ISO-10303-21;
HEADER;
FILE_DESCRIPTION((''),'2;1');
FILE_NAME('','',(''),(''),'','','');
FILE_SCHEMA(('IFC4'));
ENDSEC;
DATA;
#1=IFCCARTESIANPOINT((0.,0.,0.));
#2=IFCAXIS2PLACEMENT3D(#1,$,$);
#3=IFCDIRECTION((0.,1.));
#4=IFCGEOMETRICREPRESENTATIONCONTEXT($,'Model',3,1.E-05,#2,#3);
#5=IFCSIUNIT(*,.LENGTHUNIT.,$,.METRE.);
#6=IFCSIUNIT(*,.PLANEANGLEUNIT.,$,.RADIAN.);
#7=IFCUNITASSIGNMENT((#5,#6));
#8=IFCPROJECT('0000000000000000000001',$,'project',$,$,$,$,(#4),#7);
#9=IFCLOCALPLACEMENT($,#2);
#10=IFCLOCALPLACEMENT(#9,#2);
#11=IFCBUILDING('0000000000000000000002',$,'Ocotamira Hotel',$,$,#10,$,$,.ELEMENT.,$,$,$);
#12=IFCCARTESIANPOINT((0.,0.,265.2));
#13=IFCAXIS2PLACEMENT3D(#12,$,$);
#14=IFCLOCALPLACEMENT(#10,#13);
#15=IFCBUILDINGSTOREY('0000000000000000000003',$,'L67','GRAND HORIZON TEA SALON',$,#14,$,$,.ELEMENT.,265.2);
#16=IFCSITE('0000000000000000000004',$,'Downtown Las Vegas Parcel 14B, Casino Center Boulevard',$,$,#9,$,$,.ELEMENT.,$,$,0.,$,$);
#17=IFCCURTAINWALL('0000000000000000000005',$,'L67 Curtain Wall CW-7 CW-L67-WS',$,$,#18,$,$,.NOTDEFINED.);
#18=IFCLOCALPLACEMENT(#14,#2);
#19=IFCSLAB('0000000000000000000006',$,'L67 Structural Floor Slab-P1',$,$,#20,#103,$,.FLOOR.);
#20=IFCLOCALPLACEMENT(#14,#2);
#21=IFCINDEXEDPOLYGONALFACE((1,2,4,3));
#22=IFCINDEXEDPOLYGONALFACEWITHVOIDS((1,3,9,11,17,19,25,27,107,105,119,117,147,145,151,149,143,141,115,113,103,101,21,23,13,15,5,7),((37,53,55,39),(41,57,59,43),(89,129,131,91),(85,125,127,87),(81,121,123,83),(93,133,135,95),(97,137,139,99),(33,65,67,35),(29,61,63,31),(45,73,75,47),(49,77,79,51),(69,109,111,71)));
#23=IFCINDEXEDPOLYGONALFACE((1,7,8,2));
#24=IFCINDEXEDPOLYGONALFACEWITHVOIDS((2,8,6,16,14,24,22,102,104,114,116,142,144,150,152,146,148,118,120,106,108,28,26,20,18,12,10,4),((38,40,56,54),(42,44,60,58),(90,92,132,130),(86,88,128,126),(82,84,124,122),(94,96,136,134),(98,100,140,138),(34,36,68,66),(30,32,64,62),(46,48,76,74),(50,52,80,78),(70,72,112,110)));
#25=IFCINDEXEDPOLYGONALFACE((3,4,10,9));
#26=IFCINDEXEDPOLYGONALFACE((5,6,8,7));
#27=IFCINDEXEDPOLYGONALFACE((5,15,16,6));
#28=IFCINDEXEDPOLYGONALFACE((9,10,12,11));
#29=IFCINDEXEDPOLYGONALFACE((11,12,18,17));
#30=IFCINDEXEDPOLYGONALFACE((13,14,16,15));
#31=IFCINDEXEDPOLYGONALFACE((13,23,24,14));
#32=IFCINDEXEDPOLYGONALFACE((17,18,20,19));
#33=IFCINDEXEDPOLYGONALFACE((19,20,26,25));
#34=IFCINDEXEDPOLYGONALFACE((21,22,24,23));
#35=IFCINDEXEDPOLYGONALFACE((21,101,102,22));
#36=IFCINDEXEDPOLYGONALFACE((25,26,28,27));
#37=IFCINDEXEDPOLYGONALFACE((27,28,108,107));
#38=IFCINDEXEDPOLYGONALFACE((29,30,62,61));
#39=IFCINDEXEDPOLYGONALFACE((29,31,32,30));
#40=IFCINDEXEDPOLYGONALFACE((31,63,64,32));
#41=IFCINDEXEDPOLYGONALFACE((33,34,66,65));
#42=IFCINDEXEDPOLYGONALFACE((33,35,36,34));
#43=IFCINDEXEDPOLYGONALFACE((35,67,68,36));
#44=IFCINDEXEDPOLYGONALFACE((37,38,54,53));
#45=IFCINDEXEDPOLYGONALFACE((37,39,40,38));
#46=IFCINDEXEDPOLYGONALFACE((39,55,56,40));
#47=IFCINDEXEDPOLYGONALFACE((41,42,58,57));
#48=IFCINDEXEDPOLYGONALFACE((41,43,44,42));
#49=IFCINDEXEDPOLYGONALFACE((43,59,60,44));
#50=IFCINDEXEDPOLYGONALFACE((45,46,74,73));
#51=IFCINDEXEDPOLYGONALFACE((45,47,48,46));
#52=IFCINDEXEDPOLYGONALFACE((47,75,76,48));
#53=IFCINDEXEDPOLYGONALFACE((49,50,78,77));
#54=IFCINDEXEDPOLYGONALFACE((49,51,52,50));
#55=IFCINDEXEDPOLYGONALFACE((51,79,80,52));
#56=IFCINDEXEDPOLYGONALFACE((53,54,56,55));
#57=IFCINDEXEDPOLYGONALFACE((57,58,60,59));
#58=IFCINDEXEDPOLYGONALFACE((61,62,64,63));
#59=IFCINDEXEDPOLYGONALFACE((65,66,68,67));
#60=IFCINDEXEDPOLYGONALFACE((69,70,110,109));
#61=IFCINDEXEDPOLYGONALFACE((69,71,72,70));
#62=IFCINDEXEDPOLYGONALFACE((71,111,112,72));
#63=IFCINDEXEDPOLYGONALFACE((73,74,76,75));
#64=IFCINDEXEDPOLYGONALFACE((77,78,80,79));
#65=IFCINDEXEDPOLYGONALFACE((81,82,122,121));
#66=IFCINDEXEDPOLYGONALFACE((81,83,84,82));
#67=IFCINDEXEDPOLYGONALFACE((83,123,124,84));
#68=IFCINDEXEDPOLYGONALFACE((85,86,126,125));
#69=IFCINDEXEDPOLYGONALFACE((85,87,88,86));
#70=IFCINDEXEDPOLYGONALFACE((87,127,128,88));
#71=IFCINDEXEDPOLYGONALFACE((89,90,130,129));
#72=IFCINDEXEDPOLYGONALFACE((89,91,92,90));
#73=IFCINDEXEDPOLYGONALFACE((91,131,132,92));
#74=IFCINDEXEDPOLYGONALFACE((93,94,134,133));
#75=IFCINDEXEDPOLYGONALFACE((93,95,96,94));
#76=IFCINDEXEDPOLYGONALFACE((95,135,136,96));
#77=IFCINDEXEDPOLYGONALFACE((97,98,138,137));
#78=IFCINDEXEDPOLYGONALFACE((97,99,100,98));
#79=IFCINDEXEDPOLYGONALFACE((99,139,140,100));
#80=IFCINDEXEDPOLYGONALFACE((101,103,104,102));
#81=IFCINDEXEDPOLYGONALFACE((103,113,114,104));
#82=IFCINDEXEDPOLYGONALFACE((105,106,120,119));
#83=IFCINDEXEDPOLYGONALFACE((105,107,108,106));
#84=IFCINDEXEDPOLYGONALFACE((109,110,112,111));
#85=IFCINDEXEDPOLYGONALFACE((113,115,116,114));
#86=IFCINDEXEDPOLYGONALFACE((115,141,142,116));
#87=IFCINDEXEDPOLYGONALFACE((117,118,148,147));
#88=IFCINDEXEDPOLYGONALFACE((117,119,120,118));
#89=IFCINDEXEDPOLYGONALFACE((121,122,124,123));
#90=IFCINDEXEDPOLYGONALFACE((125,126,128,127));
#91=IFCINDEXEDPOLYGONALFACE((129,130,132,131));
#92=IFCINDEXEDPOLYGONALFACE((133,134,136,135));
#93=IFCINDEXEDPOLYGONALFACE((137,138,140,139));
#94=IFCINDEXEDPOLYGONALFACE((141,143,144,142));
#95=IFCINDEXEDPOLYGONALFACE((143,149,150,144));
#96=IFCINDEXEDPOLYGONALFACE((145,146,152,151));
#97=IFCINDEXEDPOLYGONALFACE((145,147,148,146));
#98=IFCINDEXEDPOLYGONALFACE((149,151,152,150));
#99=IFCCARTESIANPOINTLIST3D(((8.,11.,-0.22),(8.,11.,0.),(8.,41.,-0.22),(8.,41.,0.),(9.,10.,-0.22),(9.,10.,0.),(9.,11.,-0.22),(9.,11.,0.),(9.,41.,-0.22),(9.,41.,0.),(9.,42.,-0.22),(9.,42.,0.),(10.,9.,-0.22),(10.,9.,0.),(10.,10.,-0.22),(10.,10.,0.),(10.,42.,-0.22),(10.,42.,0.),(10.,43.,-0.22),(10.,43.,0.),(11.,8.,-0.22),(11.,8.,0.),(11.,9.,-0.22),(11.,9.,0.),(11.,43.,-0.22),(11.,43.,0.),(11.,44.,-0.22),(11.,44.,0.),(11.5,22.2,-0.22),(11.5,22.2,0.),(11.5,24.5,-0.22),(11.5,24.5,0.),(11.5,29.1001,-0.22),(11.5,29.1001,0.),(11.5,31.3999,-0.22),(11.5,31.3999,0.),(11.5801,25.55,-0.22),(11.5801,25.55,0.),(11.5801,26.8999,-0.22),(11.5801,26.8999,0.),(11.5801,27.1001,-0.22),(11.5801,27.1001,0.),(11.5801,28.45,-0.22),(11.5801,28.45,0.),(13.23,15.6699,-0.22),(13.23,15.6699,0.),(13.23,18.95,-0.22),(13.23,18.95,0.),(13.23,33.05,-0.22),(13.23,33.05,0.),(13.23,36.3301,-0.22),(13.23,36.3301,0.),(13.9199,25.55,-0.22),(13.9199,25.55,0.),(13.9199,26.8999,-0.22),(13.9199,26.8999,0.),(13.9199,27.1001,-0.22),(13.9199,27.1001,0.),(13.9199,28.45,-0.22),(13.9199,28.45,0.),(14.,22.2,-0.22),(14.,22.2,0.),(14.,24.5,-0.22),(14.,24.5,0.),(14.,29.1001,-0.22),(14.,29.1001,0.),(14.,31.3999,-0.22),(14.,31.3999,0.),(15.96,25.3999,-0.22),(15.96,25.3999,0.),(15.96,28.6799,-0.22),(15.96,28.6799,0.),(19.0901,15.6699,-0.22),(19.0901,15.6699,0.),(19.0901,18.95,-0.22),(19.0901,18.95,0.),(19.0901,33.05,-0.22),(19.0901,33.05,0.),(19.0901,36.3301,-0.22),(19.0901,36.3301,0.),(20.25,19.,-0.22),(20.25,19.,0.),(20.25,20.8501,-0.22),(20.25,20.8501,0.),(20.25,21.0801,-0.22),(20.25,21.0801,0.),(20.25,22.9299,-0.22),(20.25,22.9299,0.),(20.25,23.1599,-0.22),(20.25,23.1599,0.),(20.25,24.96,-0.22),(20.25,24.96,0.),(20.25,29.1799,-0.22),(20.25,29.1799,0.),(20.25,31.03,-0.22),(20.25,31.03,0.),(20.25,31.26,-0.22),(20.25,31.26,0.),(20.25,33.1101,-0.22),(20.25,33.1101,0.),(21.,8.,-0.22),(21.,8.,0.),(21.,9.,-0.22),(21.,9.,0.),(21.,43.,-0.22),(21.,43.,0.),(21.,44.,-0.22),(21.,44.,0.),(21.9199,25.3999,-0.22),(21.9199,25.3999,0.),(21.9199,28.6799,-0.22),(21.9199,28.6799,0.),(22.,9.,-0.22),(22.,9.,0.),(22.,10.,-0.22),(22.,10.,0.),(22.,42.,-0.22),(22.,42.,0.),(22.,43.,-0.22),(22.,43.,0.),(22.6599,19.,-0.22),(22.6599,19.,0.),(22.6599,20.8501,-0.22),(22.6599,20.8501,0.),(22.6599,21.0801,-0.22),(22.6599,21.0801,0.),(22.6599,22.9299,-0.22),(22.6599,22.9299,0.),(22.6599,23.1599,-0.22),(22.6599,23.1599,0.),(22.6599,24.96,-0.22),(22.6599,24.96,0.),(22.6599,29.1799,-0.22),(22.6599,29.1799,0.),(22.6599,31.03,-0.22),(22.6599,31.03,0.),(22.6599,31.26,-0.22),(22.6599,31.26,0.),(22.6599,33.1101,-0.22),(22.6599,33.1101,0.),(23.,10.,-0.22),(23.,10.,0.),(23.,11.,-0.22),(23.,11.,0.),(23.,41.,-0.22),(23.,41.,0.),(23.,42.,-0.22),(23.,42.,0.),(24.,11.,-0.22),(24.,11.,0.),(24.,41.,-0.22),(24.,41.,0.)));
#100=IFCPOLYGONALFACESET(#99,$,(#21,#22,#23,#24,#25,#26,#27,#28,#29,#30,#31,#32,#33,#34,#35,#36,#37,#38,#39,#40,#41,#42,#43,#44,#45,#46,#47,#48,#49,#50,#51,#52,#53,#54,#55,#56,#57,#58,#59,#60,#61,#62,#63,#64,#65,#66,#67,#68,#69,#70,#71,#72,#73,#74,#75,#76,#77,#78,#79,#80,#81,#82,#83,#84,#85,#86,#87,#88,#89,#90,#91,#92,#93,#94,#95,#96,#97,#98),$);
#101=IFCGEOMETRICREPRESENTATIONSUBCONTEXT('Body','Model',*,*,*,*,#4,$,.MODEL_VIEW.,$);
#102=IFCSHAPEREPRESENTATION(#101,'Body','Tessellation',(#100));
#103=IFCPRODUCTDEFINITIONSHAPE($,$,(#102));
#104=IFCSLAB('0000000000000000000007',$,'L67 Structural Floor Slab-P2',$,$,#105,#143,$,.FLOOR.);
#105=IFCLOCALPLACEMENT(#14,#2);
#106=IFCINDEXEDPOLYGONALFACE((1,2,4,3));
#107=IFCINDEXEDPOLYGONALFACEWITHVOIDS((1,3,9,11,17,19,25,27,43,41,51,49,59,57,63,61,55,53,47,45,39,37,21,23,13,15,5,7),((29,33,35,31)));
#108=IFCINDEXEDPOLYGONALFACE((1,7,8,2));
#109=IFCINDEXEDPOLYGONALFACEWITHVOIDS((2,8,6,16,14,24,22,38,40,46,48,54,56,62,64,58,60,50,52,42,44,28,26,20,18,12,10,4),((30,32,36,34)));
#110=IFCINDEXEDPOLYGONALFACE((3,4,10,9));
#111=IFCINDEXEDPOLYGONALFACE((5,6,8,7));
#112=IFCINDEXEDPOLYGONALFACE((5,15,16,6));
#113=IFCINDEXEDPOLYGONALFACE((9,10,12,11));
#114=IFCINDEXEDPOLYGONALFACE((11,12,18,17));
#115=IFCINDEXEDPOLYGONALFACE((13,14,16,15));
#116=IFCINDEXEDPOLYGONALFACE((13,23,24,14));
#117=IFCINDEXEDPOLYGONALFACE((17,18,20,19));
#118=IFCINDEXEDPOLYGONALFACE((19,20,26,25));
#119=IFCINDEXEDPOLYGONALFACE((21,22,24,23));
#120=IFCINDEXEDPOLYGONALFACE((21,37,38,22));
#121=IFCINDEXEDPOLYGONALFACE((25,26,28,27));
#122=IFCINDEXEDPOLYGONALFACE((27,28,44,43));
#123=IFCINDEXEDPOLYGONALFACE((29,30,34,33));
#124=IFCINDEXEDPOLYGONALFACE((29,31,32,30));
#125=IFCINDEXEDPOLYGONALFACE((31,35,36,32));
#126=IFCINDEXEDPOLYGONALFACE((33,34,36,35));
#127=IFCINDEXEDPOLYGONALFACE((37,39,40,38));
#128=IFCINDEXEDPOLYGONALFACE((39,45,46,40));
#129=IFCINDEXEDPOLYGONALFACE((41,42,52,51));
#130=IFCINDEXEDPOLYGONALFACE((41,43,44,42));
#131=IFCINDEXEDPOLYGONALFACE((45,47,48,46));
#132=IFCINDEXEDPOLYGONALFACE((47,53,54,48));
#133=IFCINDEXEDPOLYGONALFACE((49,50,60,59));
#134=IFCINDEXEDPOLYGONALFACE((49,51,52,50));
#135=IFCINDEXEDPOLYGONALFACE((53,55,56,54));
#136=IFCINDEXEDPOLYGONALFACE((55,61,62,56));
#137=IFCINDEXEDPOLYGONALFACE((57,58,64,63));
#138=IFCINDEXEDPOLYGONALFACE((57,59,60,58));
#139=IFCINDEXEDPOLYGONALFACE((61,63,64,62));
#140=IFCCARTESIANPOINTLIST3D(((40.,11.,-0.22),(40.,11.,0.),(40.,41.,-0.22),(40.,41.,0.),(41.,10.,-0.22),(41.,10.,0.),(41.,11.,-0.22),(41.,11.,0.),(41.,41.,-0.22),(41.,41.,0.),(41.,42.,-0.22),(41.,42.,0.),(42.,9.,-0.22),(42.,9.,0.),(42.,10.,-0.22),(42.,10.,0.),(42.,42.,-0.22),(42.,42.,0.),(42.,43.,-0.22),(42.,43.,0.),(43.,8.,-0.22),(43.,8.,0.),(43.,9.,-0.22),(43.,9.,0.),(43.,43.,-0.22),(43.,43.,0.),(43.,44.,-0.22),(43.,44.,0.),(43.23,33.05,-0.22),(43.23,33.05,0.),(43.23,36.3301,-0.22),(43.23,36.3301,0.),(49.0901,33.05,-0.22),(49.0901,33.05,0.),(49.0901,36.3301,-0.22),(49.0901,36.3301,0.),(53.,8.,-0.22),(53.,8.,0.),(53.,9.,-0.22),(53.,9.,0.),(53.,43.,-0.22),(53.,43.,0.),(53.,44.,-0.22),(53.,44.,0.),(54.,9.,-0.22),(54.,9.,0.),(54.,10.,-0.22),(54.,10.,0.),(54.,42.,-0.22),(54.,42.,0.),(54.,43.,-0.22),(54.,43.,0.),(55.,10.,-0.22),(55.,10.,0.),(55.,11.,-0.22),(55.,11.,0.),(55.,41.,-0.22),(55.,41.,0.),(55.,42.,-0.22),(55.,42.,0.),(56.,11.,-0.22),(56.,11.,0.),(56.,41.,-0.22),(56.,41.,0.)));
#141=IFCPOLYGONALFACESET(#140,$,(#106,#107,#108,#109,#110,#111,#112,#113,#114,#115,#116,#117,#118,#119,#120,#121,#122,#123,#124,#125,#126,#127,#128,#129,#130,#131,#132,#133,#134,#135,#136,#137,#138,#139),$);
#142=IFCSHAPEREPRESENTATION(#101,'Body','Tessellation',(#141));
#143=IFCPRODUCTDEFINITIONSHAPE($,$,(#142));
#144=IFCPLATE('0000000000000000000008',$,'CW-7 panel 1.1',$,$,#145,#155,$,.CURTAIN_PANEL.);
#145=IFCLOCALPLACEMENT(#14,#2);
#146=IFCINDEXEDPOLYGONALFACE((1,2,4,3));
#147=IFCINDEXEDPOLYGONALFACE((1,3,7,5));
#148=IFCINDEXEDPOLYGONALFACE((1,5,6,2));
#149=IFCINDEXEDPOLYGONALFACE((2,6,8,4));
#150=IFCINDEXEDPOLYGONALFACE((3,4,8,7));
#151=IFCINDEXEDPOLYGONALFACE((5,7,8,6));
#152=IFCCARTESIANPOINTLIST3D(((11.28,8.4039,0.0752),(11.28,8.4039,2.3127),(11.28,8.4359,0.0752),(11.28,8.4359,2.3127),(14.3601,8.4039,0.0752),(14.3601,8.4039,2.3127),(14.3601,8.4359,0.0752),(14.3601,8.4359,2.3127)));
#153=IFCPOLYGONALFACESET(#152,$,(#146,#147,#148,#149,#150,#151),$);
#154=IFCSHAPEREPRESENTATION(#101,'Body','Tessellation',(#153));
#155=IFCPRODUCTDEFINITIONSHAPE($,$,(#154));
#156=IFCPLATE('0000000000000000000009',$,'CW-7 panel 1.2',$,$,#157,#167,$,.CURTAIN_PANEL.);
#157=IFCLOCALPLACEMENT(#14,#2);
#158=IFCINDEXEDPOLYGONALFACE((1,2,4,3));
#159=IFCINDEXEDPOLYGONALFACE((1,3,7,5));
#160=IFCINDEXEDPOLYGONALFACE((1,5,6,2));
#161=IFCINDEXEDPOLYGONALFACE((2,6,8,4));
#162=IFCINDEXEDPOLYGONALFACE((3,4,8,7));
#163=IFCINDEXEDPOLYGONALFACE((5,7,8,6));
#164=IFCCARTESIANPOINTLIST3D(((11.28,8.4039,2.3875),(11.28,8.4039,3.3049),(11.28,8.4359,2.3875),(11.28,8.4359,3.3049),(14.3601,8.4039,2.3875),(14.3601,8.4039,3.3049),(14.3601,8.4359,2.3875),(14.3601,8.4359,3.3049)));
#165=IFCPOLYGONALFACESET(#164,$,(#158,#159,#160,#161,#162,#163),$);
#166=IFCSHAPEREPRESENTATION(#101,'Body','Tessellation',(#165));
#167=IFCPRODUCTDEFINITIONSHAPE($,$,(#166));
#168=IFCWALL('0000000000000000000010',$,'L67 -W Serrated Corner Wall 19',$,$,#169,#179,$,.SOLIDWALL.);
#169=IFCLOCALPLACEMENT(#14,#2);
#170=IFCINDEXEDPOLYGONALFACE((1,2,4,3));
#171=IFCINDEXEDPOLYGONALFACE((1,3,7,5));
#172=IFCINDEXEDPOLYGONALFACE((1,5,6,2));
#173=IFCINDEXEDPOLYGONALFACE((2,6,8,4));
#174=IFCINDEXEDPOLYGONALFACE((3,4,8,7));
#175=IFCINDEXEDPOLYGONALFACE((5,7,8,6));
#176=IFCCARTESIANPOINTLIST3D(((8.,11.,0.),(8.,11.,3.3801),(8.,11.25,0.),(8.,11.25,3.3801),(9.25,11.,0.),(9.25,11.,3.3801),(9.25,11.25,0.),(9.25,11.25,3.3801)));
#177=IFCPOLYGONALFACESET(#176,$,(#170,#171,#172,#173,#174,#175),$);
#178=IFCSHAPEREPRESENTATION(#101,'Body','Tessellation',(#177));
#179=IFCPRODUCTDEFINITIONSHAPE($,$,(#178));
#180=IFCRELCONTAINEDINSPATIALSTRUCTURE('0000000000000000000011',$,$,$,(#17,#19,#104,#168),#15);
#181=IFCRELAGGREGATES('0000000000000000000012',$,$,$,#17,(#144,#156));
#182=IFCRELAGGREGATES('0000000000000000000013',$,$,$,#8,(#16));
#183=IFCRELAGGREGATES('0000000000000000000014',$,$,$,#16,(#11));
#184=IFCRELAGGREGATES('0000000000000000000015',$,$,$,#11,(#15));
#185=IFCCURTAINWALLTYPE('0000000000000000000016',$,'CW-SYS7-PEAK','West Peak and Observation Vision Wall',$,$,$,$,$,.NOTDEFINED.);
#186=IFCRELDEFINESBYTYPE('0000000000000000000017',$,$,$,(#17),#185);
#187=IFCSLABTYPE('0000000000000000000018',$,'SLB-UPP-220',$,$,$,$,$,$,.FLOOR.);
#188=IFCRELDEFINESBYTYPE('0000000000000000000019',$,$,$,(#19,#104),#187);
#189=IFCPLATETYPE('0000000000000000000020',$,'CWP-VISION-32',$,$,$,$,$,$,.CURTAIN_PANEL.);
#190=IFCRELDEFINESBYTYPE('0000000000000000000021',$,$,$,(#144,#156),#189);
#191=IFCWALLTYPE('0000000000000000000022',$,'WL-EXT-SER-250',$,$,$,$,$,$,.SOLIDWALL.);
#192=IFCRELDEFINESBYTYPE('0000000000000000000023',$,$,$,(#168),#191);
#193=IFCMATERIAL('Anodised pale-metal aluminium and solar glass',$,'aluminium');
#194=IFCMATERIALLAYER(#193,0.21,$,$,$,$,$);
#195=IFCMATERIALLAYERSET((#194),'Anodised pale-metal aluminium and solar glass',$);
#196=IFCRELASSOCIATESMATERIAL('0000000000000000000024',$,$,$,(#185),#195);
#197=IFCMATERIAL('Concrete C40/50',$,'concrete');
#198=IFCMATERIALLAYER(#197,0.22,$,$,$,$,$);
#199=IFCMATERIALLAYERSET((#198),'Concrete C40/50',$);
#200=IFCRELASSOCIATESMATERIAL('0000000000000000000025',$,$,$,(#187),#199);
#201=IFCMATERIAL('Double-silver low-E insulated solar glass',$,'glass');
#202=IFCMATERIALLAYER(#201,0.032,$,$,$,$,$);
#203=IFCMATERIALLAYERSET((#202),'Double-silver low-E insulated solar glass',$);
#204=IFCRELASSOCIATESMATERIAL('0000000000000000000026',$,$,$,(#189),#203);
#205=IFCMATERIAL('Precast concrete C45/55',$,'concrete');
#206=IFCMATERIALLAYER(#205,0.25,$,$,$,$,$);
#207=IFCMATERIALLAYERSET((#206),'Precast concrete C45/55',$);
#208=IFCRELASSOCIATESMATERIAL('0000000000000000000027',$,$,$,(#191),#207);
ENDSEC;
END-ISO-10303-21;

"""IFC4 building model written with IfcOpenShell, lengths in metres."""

from ifc_helpers import new_model, si_unit, direction, frame, frame_2d, origin, origin_2d, place, context, subcontext, project, spatial, polyline, rectangle, outline, extrude, source, transform, mapped, material, layer, layer_set, type_object, element, aggregate, save


model = new_model("IFC4")

# Units and contexts
model_context = context("Model", 3, precision=1e-05, world=origin(), true_north=direction((0.0, 1.0)))
body_context = subcontext(model_context, "Body", "Model", "MODEL_VIEW")
ifc_project = project(units=[si_unit("LENGTHUNIT", "METRE"), si_unit("PLANEANGLEUNIT", "RADIAN")], contexts=[model_context])

# Site, building, storey
site_placement = place(None, origin())
site = spatial("IfcSite", under=ifc_project, at=site_placement, Name="Downtown Las Vegas Parcel 14B, Casino Center Boulevard", CompositionType="ELEMENT", RefElevation=0.0)
building_placement = place(site_placement, origin())
building = spatial("IfcBuilding", under=site, at=building_placement, Name="Ocotamira Hotel", CompositionType="ELEMENT")
storey_placement = place(building_placement, frame((0.0, 0.0, 265.2)))
storey = spatial("IfcBuildingStorey", under=building, at=storey_placement, Name="L67", Description="GRAND HORIZON TEA SALON", CompositionType="ELEMENT", Elevation=265.2)

# Curtain wall
ifc_material_1 = material(Name="Anodised pale-metal aluminium and solar glass", Category="aluminium")
ifc_layer_1 = layer(ifc_material_1, 0.21)
ifc_layer_set_1 = layer_set([ifc_layer_1], Name="Anodised pale-metal aluminium and solar glass")
curtain_wall_type = type_object("IfcCurtainWallType", Name="CW-SYS7-PEAK", Description="West Peak and Observation Vision Wall", PredefinedType="NOTDEFINED", material=ifc_layer_set_1)
curtain_wall_1_placement = place(storey_placement, origin())
curtain_wall_1 = element("IfcCurtainWall", 1, at=curtain_wall_1_placement, inside=storey, type_object=curtain_wall_type, Name="L67 Curtain Wall CW-7 CW-L67-WS", PredefinedType="NOTDEFINED")

# Shared definitions
ifc_material_2 = material(Name="Concrete C40/50", Category="concrete")

# Slabs
ifc_layer_2 = layer(ifc_material_2, 0.22)
ifc_layer_set_2 = layer_set([ifc_layer_2], Name="Concrete C40/50")
slab_type_1 = type_object("IfcSlabType", Name="SLB-UPP-220", PredefinedType="FLOOR", material=ifc_layer_set_2)
slab_1_placement = place(storey_placement, frame((0.0, 0.0, -0.22)))
element("IfcSlab", 2, at=slab_1_placement, inside=storey, type_object=slab_type_1, Name="L67 Structural Floor Slab-P1", PredefinedType="FLOOR", context=body_context, shape_type="SweptSolid", body=[
    extrude(outline(polyline([(11.0, 8.0), (21.0, 8.0), (21.0, 9.0), (22.0, 9.0), (22.0, 10.0), (23.0, 10.0), (23.0, 11.0), (24.0, 11.0), (24.0, 41.0), (23.0, 41.0), (23.0, 42.0), (22.0, 42.0), (22.0, 43.0), (21.0, 43.0), (21.0, 44.0), (11.0, 44.0), (11.0, 43.0), (10.0, 43.0), (10.0, 42.0), (9.0, 42.0), (9.0, 41.0), (8.0, 41.0), (8.0, 11.0), (9.0, 11.0), (9.0, 10.0), (10.0, 10.0), (10.0, 9.0), (11.0, 9.0), (11.0, 8.0)]), holes=[polyline([(13.23, 15.6699), (19.0901, 15.6699), (19.0901, 18.95), (13.23, 18.95), (13.23, 15.6699)]), polyline([(13.23, 33.05), (19.0901, 33.05), (19.0901, 36.3301), (13.23, 36.3301), (13.23, 33.05)]), polyline([(15.96, 25.3999), (21.9199, 25.3999), (21.9199, 28.6799), (15.96, 28.6799), (15.96, 25.3999)]), polyline([(20.25, 19.0), (22.6599, 19.0), (22.6599, 20.8501), (20.25, 20.8501), (20.25, 19.0)]), polyline([(20.25, 21.0801), (22.6599, 21.0801), (22.6599, 22.9299), (20.25, 22.9299), (20.25, 21.0801)]), polyline([(20.25, 23.1599), (22.6599, 23.1599), (22.6599, 24.96), (20.25, 24.96), (20.25, 23.1599)]), polyline([(20.25, 29.1799), (22.6599, 29.1799), (22.6599, 31.03), (20.25, 31.03), (20.25, 29.1799)]), polyline([(20.25, 31.26), (22.6599, 31.26), (22.6599, 33.1101), (20.25, 33.1101), (20.25, 31.26)]), polyline([(11.5, 22.2), (14.0, 22.2), (14.0, 24.5), (11.5, 24.5), (11.5, 22.2)]), polyline([(11.5, 29.1001), (14.0, 29.1001), (14.0, 31.3999), (11.5, 31.3999), (11.5, 29.1001)]), polyline([(11.5801, 25.55), (13.9199, 25.55), (13.9199, 26.8999), (11.5801, 26.8999), (11.5801, 25.55)]), polyline([(11.5801, 27.1001), (13.9199, 27.1001), (13.9199, 28.45), (11.5801, 28.45), (11.5801, 27.1001)])]), origin(), (0.0, 0.0, 1.0), 0.22),
])
slab_2_placement = place(storey_placement, frame((0.0, 0.0, -0.22)))
element("IfcSlab", 3, at=slab_2_placement, inside=storey, type_object=slab_type_1, Name="L67 Structural Floor Slab-P2", PredefinedType="FLOOR", context=body_context, shape_type="SweptSolid", body=[
    extrude(outline(polyline([(43.0, 8.0), (53.0, 8.0), (53.0, 9.0), (54.0, 9.0), (54.0, 10.0), (55.0, 10.0), (55.0, 11.0), (56.0, 11.0), (56.0, 41.0), (55.0, 41.0), (55.0, 42.0), (54.0, 42.0), (54.0, 43.0), (53.0, 43.0), (53.0, 44.0), (43.0, 44.0), (43.0, 43.0), (42.0, 43.0), (42.0, 42.0), (41.0, 42.0), (41.0, 41.0), (40.0, 41.0), (40.0, 11.0), (41.0, 11.0), (41.0, 10.0), (42.0, 10.0), (42.0, 9.0), (43.0, 9.0), (43.0, 8.0)]), holes=[polyline([(43.23, 33.05), (49.0901, 33.05), (49.0901, 36.3301), (43.23, 36.3301), (43.23, 33.05)])]), origin(), (0.0, 0.0, 1.0), 0.22),
])

# Plates
ifc_material_3 = material(Name="Double-silver low-E insulated solar glass", Category="glass")
ifc_layer_3 = layer(ifc_material_3, 0.032)
ifc_layer_set_3 = layer_set([ifc_layer_3], Name="Double-silver low-E insulated solar glass")
plate_type = type_object("IfcPlateType", Name="CWP-VISION-32", PredefinedType="CURTAIN_PANEL", material=ifc_layer_set_3)
shared_shape_1 = source(origin(), body_context, "Body", "SweptSolid", [
    extrude(rectangle(XDim=3.0801, YDim=0.032, at=origin_2d()), origin(), (0.0, 0.0, 1.0), 2.2375),
])
plate_1_placement = place(storey_placement, frame((12.8201, 8.4199, 0.0752), z_axis=(0.0, 0.0, 1.0), x_axis=(1.0, 0.0, 0.0)))
plate_1 = element("IfcPlate", 4, at=plate_1_placement, type_object=plate_type, Name="CW-7 panel 1.1", PredefinedType="CURTAIN_PANEL", context=body_context, shape_type="MappedRepresentation", body=[
    mapped(shared_shape_1, transform((0.0, 0.0, 0.0), scale=1.0)),
])
shared_shape_2 = source(origin(), body_context, "Body", "SweptSolid", [
    extrude(rectangle(XDim=3.0801, YDim=0.032, at=origin_2d()), origin(), (0.0, 0.0, 1.0), 0.9175),
])
plate_2_placement = place(storey_placement, frame((12.8201, 8.4199, 2.3875), z_axis=(0.0, 0.0, 1.0), x_axis=(1.0, 0.0, 0.0)))
plate_2 = element("IfcPlate", 5, at=plate_2_placement, type_object=plate_type, Name="CW-7 panel 1.2", PredefinedType="CURTAIN_PANEL", context=body_context, shape_type="MappedRepresentation", body=[
    mapped(shared_shape_2, transform((0.0, 0.0, 0.0), scale=1.0)),
])
aggregate(curtain_wall_1, [plate_1, plate_2])

# Wall
ifc_material_4 = material(Name="Precast concrete C45/55", Category="concrete")
ifc_layer_4 = layer(ifc_material_4, 0.25)
ifc_layer_set_4 = layer_set([ifc_layer_4], Name="Precast concrete C45/55")
wall_type_1 = type_object("IfcWallType", Name="WL-EXT-SER-250", PredefinedType="SOLIDWALL", material=ifc_layer_set_4)
wall_1_placement = place(storey_placement, frame((8.0, 11.125, 0.0), z_axis=(0.0, 0.0, 1.0), x_axis=(1.0, 0.0, 0.0)))
element("IfcWall", 6, at=wall_1_placement, inside=storey, type_object=wall_type_1, Name="L67 -W Serrated Corner Wall 19", PredefinedType="SOLIDWALL", context=body_context, shape_type="SweptSolid", body=[
    extrude(rectangle(XDim=1.25, YDim=0.25, at=frame_2d((0.625, 0.0))), origin(), (0.0, 0.0, 1.0), 3.3801),
])

save(model, "model.ifc")
